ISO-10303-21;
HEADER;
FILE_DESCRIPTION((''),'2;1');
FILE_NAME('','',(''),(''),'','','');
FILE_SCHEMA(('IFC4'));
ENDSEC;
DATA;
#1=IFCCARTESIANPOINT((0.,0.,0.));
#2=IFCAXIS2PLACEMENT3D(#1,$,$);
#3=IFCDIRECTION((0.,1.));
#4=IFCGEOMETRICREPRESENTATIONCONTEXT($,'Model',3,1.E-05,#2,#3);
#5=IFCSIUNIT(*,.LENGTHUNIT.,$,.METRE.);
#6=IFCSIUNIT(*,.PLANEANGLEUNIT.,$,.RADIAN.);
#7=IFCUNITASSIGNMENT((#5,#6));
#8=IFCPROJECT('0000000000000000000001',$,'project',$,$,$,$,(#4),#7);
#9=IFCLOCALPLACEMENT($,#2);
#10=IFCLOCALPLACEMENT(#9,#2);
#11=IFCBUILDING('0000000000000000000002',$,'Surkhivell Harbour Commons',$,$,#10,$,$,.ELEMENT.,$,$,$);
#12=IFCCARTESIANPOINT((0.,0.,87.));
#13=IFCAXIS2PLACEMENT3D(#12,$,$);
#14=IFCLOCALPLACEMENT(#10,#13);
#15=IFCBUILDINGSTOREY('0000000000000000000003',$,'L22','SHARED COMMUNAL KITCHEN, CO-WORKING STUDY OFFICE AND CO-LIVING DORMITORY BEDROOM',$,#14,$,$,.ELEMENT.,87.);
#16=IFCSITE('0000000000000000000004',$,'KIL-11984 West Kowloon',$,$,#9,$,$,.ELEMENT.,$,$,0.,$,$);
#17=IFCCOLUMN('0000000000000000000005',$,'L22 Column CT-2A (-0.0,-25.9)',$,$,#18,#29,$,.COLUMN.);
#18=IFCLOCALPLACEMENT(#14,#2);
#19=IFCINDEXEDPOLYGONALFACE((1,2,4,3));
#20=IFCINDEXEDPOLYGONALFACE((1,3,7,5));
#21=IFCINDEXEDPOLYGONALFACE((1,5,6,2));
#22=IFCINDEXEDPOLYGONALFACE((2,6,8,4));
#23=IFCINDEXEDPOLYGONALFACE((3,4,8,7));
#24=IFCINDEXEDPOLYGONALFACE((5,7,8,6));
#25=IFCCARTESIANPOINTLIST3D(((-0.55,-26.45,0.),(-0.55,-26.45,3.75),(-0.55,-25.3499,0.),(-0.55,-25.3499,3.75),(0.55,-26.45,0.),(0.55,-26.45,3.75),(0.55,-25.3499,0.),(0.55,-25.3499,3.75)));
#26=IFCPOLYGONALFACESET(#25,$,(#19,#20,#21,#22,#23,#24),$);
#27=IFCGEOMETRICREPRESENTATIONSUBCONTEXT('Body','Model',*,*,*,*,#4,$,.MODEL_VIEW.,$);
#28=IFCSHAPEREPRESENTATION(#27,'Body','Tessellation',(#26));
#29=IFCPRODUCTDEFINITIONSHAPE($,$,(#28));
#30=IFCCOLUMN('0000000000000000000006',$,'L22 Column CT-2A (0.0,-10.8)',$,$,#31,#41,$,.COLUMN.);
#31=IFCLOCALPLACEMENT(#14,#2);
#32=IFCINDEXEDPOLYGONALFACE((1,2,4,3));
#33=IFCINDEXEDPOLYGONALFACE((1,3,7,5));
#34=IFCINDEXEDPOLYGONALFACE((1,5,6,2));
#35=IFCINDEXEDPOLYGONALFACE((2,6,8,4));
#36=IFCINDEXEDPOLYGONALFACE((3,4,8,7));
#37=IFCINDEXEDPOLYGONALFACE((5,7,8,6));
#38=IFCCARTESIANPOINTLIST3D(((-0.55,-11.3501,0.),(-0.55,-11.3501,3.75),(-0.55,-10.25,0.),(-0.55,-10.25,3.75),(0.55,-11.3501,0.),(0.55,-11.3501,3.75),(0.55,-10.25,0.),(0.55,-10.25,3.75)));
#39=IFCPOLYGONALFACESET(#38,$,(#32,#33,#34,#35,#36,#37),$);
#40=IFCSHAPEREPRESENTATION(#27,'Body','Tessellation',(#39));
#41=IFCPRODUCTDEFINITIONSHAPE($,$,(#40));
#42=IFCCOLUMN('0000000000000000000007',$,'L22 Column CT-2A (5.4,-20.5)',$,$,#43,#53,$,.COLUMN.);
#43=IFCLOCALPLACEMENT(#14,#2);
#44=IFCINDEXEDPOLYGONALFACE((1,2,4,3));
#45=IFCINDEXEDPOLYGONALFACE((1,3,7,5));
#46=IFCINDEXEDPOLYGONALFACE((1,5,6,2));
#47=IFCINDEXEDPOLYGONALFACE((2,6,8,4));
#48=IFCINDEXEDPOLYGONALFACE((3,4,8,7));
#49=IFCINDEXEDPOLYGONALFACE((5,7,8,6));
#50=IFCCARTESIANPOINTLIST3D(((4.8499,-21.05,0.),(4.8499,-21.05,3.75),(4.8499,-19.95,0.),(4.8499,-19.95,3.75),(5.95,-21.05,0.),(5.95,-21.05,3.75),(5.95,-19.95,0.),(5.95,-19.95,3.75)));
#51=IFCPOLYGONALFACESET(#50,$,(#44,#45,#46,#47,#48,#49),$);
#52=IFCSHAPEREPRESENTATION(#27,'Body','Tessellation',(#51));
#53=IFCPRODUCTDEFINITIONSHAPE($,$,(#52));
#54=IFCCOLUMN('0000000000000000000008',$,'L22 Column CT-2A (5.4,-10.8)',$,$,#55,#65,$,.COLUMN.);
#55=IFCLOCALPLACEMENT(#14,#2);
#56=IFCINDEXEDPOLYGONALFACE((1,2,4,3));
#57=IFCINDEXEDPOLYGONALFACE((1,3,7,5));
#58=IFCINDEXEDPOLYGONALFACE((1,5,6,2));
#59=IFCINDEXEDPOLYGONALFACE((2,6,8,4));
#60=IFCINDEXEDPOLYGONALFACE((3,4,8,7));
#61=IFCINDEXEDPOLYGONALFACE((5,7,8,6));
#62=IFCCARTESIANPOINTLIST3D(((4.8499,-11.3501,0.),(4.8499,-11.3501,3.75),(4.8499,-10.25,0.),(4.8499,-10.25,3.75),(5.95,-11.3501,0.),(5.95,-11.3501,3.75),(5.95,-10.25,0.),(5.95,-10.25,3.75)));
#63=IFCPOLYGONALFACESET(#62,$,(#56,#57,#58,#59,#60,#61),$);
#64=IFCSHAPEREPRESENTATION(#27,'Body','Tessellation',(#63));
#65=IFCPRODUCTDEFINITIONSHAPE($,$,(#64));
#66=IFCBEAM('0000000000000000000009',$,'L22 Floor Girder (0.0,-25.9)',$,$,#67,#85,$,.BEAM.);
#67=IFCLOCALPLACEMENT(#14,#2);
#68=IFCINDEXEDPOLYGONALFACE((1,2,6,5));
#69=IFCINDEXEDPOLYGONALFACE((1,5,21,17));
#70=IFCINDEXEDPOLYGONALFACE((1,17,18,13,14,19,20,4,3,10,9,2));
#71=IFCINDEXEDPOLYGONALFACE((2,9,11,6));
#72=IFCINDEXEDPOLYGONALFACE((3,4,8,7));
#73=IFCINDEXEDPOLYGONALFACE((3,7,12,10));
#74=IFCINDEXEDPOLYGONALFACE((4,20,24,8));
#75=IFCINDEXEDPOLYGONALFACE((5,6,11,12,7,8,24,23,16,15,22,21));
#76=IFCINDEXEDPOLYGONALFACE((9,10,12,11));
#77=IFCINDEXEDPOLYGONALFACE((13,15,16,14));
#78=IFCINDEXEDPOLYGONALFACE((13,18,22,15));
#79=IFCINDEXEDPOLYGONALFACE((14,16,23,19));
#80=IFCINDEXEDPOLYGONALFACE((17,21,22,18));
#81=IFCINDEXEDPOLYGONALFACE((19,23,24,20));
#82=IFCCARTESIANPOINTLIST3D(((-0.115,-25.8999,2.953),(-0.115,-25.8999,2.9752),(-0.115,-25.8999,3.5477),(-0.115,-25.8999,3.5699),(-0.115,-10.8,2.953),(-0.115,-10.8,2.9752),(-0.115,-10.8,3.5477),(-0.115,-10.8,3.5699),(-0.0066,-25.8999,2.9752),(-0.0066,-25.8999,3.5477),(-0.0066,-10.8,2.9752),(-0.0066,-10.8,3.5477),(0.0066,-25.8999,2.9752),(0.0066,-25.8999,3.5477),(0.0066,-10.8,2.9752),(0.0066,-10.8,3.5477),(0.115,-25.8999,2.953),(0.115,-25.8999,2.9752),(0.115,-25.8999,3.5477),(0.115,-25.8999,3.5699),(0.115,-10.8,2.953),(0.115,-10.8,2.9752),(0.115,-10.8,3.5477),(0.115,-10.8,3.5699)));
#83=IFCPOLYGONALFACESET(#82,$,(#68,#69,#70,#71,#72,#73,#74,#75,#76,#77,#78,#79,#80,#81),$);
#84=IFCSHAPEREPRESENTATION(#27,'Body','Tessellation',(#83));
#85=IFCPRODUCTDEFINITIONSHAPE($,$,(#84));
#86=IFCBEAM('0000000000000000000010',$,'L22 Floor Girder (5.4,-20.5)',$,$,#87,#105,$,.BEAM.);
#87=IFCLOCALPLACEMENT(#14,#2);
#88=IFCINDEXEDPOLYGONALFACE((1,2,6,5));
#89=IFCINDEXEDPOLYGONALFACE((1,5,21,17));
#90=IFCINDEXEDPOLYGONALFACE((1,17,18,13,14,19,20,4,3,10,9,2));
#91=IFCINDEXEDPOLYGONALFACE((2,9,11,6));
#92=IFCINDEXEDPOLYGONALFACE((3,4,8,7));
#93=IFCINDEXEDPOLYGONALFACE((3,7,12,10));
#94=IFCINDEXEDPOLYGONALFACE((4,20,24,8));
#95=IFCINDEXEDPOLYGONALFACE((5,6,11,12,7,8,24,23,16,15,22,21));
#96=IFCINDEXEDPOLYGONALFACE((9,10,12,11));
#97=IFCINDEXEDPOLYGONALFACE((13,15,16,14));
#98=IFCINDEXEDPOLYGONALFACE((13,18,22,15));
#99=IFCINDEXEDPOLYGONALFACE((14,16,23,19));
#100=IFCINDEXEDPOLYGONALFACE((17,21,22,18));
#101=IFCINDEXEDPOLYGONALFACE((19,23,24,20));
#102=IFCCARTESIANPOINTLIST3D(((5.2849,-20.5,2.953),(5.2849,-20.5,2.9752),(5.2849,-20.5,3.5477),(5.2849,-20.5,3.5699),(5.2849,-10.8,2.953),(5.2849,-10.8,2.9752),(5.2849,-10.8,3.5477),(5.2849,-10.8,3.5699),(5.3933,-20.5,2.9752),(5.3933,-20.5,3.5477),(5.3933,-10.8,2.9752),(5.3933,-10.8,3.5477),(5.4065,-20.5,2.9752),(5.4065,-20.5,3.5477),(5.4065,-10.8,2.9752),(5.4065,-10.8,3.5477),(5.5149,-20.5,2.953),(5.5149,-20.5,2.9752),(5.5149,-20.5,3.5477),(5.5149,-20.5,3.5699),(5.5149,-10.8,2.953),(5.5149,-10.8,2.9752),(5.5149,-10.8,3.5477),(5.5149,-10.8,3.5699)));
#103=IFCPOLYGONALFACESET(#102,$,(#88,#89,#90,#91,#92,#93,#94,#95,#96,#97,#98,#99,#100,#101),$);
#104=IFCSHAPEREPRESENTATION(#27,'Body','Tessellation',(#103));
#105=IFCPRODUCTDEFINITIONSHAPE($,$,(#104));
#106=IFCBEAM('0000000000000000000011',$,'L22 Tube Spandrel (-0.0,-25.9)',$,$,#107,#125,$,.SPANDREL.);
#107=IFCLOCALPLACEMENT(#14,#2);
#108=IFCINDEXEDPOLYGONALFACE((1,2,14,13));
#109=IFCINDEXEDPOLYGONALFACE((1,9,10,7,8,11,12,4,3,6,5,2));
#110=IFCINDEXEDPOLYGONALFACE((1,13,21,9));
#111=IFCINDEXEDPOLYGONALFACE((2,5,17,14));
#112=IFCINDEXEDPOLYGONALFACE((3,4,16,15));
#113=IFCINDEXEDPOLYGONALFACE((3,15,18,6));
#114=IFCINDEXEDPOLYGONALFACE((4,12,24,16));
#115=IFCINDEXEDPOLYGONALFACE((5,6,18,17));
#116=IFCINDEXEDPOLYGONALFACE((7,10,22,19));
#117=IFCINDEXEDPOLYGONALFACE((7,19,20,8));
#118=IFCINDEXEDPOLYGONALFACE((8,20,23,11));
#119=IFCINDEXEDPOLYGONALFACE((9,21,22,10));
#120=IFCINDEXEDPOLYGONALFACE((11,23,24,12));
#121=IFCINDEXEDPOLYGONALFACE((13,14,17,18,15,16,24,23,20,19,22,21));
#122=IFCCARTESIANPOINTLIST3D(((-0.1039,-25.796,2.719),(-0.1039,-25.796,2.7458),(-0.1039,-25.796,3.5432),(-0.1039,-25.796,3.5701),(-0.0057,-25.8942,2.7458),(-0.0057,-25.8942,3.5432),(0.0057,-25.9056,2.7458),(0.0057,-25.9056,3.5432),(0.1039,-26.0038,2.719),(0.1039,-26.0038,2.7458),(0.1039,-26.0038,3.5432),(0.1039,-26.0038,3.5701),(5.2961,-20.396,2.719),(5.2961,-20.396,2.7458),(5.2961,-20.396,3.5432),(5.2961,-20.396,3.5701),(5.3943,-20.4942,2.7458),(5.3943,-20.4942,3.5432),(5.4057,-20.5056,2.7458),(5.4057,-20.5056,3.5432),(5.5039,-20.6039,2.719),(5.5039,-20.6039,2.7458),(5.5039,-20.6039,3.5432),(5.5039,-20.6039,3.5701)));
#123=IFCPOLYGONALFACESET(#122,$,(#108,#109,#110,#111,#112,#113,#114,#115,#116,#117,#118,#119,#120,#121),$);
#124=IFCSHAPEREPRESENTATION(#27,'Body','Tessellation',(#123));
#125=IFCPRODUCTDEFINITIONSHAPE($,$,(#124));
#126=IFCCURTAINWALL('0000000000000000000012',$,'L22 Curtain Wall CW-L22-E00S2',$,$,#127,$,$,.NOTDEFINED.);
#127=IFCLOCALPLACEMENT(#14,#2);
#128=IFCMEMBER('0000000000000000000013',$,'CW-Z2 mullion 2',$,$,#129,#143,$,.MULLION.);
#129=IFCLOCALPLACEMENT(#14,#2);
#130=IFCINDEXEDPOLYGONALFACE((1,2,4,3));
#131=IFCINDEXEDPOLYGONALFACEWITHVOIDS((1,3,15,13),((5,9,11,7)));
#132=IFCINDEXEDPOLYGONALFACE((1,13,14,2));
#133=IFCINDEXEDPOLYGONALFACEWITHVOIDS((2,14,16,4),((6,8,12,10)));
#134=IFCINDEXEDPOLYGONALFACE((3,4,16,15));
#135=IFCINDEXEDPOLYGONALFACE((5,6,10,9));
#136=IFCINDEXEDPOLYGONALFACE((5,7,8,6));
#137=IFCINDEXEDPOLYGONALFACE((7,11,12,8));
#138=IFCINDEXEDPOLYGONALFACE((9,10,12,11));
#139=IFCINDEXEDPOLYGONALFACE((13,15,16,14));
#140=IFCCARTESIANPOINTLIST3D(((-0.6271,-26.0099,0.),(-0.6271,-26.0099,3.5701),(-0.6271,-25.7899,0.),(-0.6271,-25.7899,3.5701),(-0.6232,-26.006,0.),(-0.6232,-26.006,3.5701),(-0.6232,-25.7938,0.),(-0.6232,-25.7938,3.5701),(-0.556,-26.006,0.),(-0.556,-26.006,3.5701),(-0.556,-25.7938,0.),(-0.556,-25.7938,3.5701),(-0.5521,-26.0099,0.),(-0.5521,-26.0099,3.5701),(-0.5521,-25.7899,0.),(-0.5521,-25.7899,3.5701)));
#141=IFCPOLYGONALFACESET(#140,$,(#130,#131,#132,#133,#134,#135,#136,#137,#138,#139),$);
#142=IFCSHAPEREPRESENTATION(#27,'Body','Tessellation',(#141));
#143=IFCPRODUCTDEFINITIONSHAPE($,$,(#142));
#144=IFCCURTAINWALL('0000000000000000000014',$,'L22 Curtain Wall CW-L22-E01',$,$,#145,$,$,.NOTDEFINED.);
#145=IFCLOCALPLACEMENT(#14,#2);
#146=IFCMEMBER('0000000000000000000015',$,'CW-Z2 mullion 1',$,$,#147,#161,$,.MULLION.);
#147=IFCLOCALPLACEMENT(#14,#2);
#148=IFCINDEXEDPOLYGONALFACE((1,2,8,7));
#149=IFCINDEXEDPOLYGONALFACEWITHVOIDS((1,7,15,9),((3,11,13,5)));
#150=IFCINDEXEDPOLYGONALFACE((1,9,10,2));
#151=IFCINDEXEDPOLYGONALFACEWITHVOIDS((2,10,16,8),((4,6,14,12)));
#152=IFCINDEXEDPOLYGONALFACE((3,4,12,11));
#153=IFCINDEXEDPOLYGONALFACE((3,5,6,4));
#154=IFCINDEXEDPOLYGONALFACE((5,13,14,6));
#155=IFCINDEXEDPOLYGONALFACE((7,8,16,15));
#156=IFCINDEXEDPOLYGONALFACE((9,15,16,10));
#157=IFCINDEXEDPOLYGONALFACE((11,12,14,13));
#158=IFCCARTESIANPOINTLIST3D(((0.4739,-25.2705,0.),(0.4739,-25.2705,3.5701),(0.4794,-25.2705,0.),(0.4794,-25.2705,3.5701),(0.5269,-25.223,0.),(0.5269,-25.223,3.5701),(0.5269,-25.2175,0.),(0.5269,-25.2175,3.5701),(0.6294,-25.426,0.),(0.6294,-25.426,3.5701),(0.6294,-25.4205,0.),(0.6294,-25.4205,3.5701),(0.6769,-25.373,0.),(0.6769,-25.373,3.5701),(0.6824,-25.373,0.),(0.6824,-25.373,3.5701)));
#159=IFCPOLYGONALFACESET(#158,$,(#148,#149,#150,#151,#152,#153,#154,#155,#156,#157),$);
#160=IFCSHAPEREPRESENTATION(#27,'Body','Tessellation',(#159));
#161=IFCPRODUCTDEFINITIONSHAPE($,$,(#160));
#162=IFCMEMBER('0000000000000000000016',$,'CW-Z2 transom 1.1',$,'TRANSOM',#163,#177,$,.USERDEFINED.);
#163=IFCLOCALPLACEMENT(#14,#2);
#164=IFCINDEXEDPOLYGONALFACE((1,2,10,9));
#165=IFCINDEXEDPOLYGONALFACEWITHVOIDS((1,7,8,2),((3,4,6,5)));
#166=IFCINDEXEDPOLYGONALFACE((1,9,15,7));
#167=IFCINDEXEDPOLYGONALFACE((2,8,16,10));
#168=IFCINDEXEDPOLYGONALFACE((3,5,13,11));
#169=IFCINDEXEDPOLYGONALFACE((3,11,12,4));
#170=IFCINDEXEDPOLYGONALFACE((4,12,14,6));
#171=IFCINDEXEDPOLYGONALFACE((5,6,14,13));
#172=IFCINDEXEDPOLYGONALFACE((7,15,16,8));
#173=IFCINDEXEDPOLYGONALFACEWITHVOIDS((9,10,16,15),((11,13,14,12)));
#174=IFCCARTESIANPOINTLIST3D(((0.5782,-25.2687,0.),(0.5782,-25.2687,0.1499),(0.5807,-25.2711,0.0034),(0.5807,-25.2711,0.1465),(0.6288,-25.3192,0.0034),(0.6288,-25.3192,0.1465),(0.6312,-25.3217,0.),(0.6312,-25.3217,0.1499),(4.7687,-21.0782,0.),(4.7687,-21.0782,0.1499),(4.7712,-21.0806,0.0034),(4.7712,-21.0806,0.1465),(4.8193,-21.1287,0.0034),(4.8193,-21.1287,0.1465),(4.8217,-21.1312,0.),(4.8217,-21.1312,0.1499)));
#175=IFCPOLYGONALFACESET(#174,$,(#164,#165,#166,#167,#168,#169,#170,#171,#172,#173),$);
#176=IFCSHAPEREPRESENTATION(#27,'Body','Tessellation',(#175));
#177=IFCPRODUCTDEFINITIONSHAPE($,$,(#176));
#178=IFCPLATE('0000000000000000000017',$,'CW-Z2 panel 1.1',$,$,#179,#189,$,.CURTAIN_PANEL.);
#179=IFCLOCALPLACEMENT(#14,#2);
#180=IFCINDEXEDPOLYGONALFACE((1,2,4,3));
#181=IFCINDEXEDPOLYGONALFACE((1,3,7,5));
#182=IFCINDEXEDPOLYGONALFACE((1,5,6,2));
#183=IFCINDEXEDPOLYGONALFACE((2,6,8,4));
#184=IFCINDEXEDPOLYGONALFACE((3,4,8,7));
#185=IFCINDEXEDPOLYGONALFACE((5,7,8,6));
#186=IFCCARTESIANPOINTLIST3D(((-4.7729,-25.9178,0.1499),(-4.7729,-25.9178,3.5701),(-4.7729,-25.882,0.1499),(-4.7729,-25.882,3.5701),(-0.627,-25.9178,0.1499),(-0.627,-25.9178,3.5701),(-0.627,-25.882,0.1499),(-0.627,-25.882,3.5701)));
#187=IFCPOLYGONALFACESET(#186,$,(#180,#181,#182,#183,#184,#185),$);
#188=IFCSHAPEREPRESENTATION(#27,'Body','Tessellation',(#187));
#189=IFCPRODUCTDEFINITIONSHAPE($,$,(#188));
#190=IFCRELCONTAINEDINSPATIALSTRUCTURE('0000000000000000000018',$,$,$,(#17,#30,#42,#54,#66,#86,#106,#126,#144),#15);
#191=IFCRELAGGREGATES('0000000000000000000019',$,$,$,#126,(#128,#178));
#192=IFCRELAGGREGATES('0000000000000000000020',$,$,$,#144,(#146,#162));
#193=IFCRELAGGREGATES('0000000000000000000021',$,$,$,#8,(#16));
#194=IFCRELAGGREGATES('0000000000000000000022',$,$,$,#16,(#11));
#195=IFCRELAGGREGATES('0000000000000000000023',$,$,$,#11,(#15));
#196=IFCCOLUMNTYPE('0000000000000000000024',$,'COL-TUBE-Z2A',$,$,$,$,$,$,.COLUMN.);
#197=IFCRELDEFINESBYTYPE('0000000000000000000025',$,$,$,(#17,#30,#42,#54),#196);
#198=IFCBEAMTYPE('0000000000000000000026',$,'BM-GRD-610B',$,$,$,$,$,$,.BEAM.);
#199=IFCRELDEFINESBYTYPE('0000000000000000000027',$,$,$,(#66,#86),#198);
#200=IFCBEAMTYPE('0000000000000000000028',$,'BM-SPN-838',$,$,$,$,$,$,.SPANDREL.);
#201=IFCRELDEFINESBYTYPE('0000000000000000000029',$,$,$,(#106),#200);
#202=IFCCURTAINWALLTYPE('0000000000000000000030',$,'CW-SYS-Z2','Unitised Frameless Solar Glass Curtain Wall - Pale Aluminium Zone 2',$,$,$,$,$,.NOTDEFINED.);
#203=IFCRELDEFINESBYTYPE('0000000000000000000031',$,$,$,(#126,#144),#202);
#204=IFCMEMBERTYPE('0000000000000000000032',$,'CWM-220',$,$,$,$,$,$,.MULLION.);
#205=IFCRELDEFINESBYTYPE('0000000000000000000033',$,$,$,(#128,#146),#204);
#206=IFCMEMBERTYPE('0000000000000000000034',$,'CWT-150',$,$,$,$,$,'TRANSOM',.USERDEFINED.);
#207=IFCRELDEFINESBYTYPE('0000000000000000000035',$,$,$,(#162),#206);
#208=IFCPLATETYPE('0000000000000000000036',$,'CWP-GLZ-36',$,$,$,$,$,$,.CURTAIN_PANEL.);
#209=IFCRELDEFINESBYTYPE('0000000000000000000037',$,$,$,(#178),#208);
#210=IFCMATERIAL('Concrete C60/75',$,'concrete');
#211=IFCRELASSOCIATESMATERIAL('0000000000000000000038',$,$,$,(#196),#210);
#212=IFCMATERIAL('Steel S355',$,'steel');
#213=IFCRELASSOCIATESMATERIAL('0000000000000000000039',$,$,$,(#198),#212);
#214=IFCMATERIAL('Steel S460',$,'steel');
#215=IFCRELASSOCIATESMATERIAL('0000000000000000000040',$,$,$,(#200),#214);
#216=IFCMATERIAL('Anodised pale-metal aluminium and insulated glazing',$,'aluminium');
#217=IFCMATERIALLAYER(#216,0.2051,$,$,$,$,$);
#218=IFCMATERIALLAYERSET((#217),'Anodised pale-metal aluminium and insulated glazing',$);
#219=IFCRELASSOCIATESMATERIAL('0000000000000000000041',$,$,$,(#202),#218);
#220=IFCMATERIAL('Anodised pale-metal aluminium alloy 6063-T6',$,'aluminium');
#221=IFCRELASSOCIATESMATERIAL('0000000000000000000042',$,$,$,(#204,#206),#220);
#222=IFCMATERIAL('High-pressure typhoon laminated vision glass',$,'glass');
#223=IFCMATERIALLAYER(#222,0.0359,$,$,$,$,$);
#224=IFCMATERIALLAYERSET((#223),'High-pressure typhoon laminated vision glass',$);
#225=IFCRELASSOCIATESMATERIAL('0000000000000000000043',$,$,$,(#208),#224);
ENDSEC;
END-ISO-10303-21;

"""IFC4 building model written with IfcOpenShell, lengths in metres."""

from ifc_helpers import new_model, si_unit, direction, frame, frame_2d, origin, origin_2d, place, context, subcontext, project, spatial, rectangle, hollow_rectangle, i_section, extrude, material, layer, layer_set, material_profile, profile_set, type_object, element, aggregate, save


model = new_model("IFC4")

# Units and contexts
model_context = context("Model", 3, precision=1e-05, world=origin(), true_north=direction((0.0, 1.0)))
body_context = subcontext(model_context, "Body", "Model", "MODEL_VIEW")
ifc_project = project(units=[si_unit("LENGTHUNIT", "METRE"), si_unit("PLANEANGLEUNIT", "RADIAN")], contexts=[model_context])

# Site, building, storey
site_placement = place(None, origin())
site = spatial("IfcSite", under=ifc_project, at=site_placement, Name="KIL-11984 West Kowloon", CompositionType="ELEMENT", RefElevation=0.0)
building_placement = place(site_placement, origin())
building = spatial("IfcBuilding", under=site, at=building_placement, Name="Surkhivell Harbour Commons", CompositionType="ELEMENT")
storey_placement = place(building_placement, frame((0.0, 0.0, 87.0)))
storey = spatial("IfcBuildingStorey", under=building, at=storey_placement, Name="L22", Description="SHARED COMMUNAL KITCHEN, CO-WORKING STUDY OFFICE AND CO-LIVING DORMITORY BEDROOM", CompositionType="ELEMENT", Elevation=87.0)

# Columns
ifc_material_1 = material(Name="Concrete C60/75", Category="concrete")
ifc_material_profile_1 = material_profile(ifc_material_1, rectangle(XDim=1.1001, YDim=1.1001, at=origin_2d()), Name="RC-COL-1100x1100")
ifc_profile_set_1 = profile_set([ifc_material_profile_1], Name="Concrete C60/75")
column_type = type_object("IfcColumnType", Name="COL-TUBE-Z2A", PredefinedType="COLUMN", material=ifc_profile_set_1)
for number, where, z_axis, x_axis, name in (
    (1, (0.0, -25.8999, 0.0), (0.0, 0.0, 1.0), (1.0, 0.0, 0.0), "L22 Column CT-2A (-0.0,-25.9)"),
    (2, (0.0, -10.8, 0.0), (0.0, 0.0, 1.0), (1.0, 0.0, 0.0), "L22 Column CT-2A (0.0,-10.8)"),
    (3, (5.3999, -20.5, 0.0), (0.0, 0.0, 1.0), (1.0, 0.0, 0.0), "L22 Column CT-2A (5.4,-20.5)"),
    (4, (5.3999, -10.8, 0.0), (0.0, 0.0, 1.0), (1.0, 0.0, 0.0), "L22 Column CT-2A (5.4,-10.8)"),
):
    element("IfcColumn", number, at=place(storey_placement, frame(where, z_axis=z_axis, x_axis=x_axis)), inside=storey, type_object=column_type, Name=name, PredefinedType="COLUMN", context=body_context, shape_type="SweptSolid", body=[
        extrude(rectangle(XDim=1.1001, YDim=1.1001, at=origin_2d()), origin(), (0.0, 0.0, 1.0), 3.75),
    ])

# Beams
ifc_material_2 = material(Name="Steel S355", Category="steel")
ifc_material_profile_2 = material_profile(ifc_material_2, i_section(OverallWidth=0.23, OverallDepth=0.6169, WebThickness=0.0132, FlangeThickness=0.0222, at=origin_2d()), Name="UB610x229x140")
ifc_profile_set_2 = profile_set([ifc_material_profile_2], Name="Steel S355")
beam_type_1 = type_object("IfcBeamType", Name="BM-GRD-610B", PredefinedType="BEAM", material=ifc_profile_set_2)
beam_1_placement = place(storey_placement, frame((0.0, -25.8999, 3.2615), z_axis=(0.0, 1.0, 0.0), x_axis=(-1.0, 0.0, 0.0)))
element("IfcBeam", 5, at=beam_1_placement, inside=storey, type_object=beam_type_1, Name="L22 Floor Girder (0.0,-25.9)", PredefinedType="BEAM", context=body_context, shape_type="SweptSolid", body=[
    extrude(i_section(OverallWidth=0.23, OverallDepth=0.6169, WebThickness=0.0132, FlangeThickness=0.0222, at=origin_2d()), origin(), (0.0, 0.0, 1.0), 15.0999),
])
beam_2_placement = place(storey_placement, frame((5.3999, -20.5, 3.2615), z_axis=(0.0, 1.0, 0.0), x_axis=(-1.0, 0.0, 0.0)))
element("IfcBeam", 6, at=beam_2_placement, inside=storey, type_object=beam_type_1, Name="L22 Floor Girder (5.4,-20.5)", PredefinedType="BEAM", context=body_context, shape_type="SweptSolid", body=[
    extrude(i_section(OverallWidth=0.23, OverallDepth=0.6169, WebThickness=0.0132, FlangeThickness=0.0222, at=origin_2d()), origin(), (0.0, 0.0, 1.0), 9.7),
])
ifc_material_3 = material(Name="Steel S460", Category="steel")
ifc_material_profile_3 = material_profile(ifc_material_3, i_section(OverallWidth=0.2939, OverallDepth=0.8511, WebThickness=0.0161, FlangeThickness=0.0269, at=origin_2d()), Name="UB838x292x226")
ifc_profile_set_3 = profile_set([ifc_material_profile_3], Name="Steel S460")
beam_type_2 = type_object("IfcBeamType", Name="BM-SPN-838", PredefinedType="SPANDREL", material=ifc_profile_set_3)
beam_3_placement = place(storey_placement, frame((0.0, -25.8999, 3.1445), z_axis=(0.707107, 0.707107, 0.0), x_axis=(-0.707107, 0.707107, 0.0)))
element("IfcBeam", 7, at=beam_3_placement, inside=storey, type_object=beam_type_2, Name="L22 Tube Spandrel (-0.0,-25.9)", PredefinedType="SPANDREL", context=body_context, shape_type="SweptSolid", body=[
    extrude(i_section(OverallWidth=0.2939, OverallDepth=0.8511, WebThickness=0.0161, FlangeThickness=0.0269, at=origin_2d()), origin(), (0.0, 0.0, 1.0), 7.6367),
])

# Curtain wall, member
ifc_material_4 = material(Name="Anodised pale-metal aluminium and insulated glazing", Category="aluminium")
ifc_layer_1 = layer(ifc_material_4, 0.2051)
ifc_layer_set_1 = layer_set([ifc_layer_1], Name="Anodised pale-metal aluminium and insulated glazing")
curtain_wall_type = type_object("IfcCurtainWallType", Name="CW-SYS-Z2", Description="Unitised Frameless Solar Glass Curtain Wall - Pale Aluminium Zone 2", PredefinedType="NOTDEFINED", material=ifc_layer_set_1)
curtain_wall_1_placement = place(storey_placement, origin())
curtain_wall_1 = element("IfcCurtainWall", 8, at=curtain_wall_1_placement, inside=storey, type_object=curtain_wall_type, Name="L22 Curtain Wall CW-L22-E00S2", PredefinedType="NOTDEFINED")
ifc_material_5 = material(Name="Anodised pale-metal aluminium alloy 6063-T6", Category="aluminium")
ifc_material_profile_4 = material_profile(ifc_material_5, hollow_rectangle(XDim=0.075, YDim=0.22, WallThickness=0.0039, at=origin_2d()), Name="ALU-MULL-75x220")
ifc_profile_set_4 = profile_set([ifc_material_profile_4], Name="Anodised pale-metal aluminium alloy 6063-T6")
member_type_1 = type_object("IfcMemberType", Name="CWM-220", PredefinedType="MULLION", material=ifc_profile_set_4)
member_1_placement = place(storey_placement, frame((-0.5896, -25.8999, 0.0), z_axis=(0.0, 0.0, 1.0), x_axis=(1.0, 0.0, 0.0)))
member_1 = element("IfcMember", 9, at=member_1_placement, type_object=member_type_1, Name="CW-Z2 mullion 2", PredefinedType="MULLION", context=body_context, shape_type="SweptSolid", body=[
    extrude(hollow_rectangle(XDim=0.075, YDim=0.22, WallThickness=0.0039, at=origin_2d()), origin(), (0.0, 0.0, 1.0), 3.5701),
])

# Curtain wall, members
curtain_wall_2_placement = place(storey_placement, origin())
curtain_wall_2 = element("IfcCurtainWall", 10, at=curtain_wall_2_placement, inside=storey, type_object=curtain_wall_type, Name="L22 Curtain Wall CW-L22-E01", PredefinedType="NOTDEFINED")
member_2_placement = place(storey_placement, frame((0.5781, -25.3218, 0.0), z_axis=(0.0, 0.0, 1.0), x_axis=(0.707107, 0.707107, 0.0)))
member_2 = element("IfcMember", 11, at=member_2_placement, type_object=member_type_1, Name="CW-Z2 mullion 1", PredefinedType="MULLION", context=body_context, shape_type="SweptSolid", body=[
    extrude(hollow_rectangle(XDim=0.075, YDim=0.22, WallThickness=0.0039, at=origin_2d()), origin(), (0.0, 0.0, 1.0), 3.5701),
])
ifc_material_profile_5 = material_profile(ifc_material_5, hollow_rectangle(XDim=0.075, YDim=0.1499, WallThickness=0.0034, at=origin_2d()), Name="ALU-TRAN-75x150")
ifc_profile_set_5 = profile_set([ifc_material_profile_5], Name="Anodised pale-metal aluminium alloy 6063-T6")
member_type_2 = type_object("IfcMemberType", Name="CWT-150", ElementType="TRANSOM", PredefinedType="USERDEFINED", material=ifc_profile_set_5)
member_3_placement = place(storey_placement, frame((0.6047, -25.2952, 0.075), z_axis=(0.707107, 0.707107, 0.0), x_axis=(-0.707107, 0.707107, 0.0)))
member_3 = element("IfcMember", 12, at=member_3_placement, type_object=member_type_2, Name="CW-Z2 transom 1.1", ObjectType="TRANSOM", PredefinedType="USERDEFINED", context=body_context, shape_type="SweptSolid", body=[
    extrude(hollow_rectangle(XDim=0.075, YDim=0.1499, WallThickness=0.0034, at=origin_2d()), origin(), (0.0, 0.0, 1.0), 5.9263),
])

# Plate
ifc_material_6 = material(Name="High-pressure typhoon laminated vision glass", Category="glass")
ifc_layer_2 = layer(ifc_material_6, 0.0359)
ifc_layer_set_2 = layer_set([ifc_layer_2], Name="High-pressure typhoon laminated vision glass")
plate_type = type_object("IfcPlateType", Name="CWP-GLZ-36", PredefinedType="CURTAIN_PANEL", material=ifc_layer_set_2)
plate_1_placement = place(storey_placement, frame((-4.7729, -25.8999, 0.1499), z_axis=(0.0, 0.0, 1.0), x_axis=(1.0, 0.0, 0.0)))
plate_1 = element("IfcPlate", 13, at=plate_1_placement, type_object=plate_type, Name="CW-Z2 panel 1.1", PredefinedType="CURTAIN_PANEL", context=body_context, shape_type="SweptSolid", body=[
    extrude(rectangle(XDim=4.146, YDim=0.0359, at=frame_2d((2.073, 0.0))), origin(), (0.0, 0.0, 1.0), 3.4202),
])
aggregate(curtain_wall_1, [member_1, plate_1])
aggregate(curtain_wall_2, [member_2, member_3])

save(model, "model.ifc")
